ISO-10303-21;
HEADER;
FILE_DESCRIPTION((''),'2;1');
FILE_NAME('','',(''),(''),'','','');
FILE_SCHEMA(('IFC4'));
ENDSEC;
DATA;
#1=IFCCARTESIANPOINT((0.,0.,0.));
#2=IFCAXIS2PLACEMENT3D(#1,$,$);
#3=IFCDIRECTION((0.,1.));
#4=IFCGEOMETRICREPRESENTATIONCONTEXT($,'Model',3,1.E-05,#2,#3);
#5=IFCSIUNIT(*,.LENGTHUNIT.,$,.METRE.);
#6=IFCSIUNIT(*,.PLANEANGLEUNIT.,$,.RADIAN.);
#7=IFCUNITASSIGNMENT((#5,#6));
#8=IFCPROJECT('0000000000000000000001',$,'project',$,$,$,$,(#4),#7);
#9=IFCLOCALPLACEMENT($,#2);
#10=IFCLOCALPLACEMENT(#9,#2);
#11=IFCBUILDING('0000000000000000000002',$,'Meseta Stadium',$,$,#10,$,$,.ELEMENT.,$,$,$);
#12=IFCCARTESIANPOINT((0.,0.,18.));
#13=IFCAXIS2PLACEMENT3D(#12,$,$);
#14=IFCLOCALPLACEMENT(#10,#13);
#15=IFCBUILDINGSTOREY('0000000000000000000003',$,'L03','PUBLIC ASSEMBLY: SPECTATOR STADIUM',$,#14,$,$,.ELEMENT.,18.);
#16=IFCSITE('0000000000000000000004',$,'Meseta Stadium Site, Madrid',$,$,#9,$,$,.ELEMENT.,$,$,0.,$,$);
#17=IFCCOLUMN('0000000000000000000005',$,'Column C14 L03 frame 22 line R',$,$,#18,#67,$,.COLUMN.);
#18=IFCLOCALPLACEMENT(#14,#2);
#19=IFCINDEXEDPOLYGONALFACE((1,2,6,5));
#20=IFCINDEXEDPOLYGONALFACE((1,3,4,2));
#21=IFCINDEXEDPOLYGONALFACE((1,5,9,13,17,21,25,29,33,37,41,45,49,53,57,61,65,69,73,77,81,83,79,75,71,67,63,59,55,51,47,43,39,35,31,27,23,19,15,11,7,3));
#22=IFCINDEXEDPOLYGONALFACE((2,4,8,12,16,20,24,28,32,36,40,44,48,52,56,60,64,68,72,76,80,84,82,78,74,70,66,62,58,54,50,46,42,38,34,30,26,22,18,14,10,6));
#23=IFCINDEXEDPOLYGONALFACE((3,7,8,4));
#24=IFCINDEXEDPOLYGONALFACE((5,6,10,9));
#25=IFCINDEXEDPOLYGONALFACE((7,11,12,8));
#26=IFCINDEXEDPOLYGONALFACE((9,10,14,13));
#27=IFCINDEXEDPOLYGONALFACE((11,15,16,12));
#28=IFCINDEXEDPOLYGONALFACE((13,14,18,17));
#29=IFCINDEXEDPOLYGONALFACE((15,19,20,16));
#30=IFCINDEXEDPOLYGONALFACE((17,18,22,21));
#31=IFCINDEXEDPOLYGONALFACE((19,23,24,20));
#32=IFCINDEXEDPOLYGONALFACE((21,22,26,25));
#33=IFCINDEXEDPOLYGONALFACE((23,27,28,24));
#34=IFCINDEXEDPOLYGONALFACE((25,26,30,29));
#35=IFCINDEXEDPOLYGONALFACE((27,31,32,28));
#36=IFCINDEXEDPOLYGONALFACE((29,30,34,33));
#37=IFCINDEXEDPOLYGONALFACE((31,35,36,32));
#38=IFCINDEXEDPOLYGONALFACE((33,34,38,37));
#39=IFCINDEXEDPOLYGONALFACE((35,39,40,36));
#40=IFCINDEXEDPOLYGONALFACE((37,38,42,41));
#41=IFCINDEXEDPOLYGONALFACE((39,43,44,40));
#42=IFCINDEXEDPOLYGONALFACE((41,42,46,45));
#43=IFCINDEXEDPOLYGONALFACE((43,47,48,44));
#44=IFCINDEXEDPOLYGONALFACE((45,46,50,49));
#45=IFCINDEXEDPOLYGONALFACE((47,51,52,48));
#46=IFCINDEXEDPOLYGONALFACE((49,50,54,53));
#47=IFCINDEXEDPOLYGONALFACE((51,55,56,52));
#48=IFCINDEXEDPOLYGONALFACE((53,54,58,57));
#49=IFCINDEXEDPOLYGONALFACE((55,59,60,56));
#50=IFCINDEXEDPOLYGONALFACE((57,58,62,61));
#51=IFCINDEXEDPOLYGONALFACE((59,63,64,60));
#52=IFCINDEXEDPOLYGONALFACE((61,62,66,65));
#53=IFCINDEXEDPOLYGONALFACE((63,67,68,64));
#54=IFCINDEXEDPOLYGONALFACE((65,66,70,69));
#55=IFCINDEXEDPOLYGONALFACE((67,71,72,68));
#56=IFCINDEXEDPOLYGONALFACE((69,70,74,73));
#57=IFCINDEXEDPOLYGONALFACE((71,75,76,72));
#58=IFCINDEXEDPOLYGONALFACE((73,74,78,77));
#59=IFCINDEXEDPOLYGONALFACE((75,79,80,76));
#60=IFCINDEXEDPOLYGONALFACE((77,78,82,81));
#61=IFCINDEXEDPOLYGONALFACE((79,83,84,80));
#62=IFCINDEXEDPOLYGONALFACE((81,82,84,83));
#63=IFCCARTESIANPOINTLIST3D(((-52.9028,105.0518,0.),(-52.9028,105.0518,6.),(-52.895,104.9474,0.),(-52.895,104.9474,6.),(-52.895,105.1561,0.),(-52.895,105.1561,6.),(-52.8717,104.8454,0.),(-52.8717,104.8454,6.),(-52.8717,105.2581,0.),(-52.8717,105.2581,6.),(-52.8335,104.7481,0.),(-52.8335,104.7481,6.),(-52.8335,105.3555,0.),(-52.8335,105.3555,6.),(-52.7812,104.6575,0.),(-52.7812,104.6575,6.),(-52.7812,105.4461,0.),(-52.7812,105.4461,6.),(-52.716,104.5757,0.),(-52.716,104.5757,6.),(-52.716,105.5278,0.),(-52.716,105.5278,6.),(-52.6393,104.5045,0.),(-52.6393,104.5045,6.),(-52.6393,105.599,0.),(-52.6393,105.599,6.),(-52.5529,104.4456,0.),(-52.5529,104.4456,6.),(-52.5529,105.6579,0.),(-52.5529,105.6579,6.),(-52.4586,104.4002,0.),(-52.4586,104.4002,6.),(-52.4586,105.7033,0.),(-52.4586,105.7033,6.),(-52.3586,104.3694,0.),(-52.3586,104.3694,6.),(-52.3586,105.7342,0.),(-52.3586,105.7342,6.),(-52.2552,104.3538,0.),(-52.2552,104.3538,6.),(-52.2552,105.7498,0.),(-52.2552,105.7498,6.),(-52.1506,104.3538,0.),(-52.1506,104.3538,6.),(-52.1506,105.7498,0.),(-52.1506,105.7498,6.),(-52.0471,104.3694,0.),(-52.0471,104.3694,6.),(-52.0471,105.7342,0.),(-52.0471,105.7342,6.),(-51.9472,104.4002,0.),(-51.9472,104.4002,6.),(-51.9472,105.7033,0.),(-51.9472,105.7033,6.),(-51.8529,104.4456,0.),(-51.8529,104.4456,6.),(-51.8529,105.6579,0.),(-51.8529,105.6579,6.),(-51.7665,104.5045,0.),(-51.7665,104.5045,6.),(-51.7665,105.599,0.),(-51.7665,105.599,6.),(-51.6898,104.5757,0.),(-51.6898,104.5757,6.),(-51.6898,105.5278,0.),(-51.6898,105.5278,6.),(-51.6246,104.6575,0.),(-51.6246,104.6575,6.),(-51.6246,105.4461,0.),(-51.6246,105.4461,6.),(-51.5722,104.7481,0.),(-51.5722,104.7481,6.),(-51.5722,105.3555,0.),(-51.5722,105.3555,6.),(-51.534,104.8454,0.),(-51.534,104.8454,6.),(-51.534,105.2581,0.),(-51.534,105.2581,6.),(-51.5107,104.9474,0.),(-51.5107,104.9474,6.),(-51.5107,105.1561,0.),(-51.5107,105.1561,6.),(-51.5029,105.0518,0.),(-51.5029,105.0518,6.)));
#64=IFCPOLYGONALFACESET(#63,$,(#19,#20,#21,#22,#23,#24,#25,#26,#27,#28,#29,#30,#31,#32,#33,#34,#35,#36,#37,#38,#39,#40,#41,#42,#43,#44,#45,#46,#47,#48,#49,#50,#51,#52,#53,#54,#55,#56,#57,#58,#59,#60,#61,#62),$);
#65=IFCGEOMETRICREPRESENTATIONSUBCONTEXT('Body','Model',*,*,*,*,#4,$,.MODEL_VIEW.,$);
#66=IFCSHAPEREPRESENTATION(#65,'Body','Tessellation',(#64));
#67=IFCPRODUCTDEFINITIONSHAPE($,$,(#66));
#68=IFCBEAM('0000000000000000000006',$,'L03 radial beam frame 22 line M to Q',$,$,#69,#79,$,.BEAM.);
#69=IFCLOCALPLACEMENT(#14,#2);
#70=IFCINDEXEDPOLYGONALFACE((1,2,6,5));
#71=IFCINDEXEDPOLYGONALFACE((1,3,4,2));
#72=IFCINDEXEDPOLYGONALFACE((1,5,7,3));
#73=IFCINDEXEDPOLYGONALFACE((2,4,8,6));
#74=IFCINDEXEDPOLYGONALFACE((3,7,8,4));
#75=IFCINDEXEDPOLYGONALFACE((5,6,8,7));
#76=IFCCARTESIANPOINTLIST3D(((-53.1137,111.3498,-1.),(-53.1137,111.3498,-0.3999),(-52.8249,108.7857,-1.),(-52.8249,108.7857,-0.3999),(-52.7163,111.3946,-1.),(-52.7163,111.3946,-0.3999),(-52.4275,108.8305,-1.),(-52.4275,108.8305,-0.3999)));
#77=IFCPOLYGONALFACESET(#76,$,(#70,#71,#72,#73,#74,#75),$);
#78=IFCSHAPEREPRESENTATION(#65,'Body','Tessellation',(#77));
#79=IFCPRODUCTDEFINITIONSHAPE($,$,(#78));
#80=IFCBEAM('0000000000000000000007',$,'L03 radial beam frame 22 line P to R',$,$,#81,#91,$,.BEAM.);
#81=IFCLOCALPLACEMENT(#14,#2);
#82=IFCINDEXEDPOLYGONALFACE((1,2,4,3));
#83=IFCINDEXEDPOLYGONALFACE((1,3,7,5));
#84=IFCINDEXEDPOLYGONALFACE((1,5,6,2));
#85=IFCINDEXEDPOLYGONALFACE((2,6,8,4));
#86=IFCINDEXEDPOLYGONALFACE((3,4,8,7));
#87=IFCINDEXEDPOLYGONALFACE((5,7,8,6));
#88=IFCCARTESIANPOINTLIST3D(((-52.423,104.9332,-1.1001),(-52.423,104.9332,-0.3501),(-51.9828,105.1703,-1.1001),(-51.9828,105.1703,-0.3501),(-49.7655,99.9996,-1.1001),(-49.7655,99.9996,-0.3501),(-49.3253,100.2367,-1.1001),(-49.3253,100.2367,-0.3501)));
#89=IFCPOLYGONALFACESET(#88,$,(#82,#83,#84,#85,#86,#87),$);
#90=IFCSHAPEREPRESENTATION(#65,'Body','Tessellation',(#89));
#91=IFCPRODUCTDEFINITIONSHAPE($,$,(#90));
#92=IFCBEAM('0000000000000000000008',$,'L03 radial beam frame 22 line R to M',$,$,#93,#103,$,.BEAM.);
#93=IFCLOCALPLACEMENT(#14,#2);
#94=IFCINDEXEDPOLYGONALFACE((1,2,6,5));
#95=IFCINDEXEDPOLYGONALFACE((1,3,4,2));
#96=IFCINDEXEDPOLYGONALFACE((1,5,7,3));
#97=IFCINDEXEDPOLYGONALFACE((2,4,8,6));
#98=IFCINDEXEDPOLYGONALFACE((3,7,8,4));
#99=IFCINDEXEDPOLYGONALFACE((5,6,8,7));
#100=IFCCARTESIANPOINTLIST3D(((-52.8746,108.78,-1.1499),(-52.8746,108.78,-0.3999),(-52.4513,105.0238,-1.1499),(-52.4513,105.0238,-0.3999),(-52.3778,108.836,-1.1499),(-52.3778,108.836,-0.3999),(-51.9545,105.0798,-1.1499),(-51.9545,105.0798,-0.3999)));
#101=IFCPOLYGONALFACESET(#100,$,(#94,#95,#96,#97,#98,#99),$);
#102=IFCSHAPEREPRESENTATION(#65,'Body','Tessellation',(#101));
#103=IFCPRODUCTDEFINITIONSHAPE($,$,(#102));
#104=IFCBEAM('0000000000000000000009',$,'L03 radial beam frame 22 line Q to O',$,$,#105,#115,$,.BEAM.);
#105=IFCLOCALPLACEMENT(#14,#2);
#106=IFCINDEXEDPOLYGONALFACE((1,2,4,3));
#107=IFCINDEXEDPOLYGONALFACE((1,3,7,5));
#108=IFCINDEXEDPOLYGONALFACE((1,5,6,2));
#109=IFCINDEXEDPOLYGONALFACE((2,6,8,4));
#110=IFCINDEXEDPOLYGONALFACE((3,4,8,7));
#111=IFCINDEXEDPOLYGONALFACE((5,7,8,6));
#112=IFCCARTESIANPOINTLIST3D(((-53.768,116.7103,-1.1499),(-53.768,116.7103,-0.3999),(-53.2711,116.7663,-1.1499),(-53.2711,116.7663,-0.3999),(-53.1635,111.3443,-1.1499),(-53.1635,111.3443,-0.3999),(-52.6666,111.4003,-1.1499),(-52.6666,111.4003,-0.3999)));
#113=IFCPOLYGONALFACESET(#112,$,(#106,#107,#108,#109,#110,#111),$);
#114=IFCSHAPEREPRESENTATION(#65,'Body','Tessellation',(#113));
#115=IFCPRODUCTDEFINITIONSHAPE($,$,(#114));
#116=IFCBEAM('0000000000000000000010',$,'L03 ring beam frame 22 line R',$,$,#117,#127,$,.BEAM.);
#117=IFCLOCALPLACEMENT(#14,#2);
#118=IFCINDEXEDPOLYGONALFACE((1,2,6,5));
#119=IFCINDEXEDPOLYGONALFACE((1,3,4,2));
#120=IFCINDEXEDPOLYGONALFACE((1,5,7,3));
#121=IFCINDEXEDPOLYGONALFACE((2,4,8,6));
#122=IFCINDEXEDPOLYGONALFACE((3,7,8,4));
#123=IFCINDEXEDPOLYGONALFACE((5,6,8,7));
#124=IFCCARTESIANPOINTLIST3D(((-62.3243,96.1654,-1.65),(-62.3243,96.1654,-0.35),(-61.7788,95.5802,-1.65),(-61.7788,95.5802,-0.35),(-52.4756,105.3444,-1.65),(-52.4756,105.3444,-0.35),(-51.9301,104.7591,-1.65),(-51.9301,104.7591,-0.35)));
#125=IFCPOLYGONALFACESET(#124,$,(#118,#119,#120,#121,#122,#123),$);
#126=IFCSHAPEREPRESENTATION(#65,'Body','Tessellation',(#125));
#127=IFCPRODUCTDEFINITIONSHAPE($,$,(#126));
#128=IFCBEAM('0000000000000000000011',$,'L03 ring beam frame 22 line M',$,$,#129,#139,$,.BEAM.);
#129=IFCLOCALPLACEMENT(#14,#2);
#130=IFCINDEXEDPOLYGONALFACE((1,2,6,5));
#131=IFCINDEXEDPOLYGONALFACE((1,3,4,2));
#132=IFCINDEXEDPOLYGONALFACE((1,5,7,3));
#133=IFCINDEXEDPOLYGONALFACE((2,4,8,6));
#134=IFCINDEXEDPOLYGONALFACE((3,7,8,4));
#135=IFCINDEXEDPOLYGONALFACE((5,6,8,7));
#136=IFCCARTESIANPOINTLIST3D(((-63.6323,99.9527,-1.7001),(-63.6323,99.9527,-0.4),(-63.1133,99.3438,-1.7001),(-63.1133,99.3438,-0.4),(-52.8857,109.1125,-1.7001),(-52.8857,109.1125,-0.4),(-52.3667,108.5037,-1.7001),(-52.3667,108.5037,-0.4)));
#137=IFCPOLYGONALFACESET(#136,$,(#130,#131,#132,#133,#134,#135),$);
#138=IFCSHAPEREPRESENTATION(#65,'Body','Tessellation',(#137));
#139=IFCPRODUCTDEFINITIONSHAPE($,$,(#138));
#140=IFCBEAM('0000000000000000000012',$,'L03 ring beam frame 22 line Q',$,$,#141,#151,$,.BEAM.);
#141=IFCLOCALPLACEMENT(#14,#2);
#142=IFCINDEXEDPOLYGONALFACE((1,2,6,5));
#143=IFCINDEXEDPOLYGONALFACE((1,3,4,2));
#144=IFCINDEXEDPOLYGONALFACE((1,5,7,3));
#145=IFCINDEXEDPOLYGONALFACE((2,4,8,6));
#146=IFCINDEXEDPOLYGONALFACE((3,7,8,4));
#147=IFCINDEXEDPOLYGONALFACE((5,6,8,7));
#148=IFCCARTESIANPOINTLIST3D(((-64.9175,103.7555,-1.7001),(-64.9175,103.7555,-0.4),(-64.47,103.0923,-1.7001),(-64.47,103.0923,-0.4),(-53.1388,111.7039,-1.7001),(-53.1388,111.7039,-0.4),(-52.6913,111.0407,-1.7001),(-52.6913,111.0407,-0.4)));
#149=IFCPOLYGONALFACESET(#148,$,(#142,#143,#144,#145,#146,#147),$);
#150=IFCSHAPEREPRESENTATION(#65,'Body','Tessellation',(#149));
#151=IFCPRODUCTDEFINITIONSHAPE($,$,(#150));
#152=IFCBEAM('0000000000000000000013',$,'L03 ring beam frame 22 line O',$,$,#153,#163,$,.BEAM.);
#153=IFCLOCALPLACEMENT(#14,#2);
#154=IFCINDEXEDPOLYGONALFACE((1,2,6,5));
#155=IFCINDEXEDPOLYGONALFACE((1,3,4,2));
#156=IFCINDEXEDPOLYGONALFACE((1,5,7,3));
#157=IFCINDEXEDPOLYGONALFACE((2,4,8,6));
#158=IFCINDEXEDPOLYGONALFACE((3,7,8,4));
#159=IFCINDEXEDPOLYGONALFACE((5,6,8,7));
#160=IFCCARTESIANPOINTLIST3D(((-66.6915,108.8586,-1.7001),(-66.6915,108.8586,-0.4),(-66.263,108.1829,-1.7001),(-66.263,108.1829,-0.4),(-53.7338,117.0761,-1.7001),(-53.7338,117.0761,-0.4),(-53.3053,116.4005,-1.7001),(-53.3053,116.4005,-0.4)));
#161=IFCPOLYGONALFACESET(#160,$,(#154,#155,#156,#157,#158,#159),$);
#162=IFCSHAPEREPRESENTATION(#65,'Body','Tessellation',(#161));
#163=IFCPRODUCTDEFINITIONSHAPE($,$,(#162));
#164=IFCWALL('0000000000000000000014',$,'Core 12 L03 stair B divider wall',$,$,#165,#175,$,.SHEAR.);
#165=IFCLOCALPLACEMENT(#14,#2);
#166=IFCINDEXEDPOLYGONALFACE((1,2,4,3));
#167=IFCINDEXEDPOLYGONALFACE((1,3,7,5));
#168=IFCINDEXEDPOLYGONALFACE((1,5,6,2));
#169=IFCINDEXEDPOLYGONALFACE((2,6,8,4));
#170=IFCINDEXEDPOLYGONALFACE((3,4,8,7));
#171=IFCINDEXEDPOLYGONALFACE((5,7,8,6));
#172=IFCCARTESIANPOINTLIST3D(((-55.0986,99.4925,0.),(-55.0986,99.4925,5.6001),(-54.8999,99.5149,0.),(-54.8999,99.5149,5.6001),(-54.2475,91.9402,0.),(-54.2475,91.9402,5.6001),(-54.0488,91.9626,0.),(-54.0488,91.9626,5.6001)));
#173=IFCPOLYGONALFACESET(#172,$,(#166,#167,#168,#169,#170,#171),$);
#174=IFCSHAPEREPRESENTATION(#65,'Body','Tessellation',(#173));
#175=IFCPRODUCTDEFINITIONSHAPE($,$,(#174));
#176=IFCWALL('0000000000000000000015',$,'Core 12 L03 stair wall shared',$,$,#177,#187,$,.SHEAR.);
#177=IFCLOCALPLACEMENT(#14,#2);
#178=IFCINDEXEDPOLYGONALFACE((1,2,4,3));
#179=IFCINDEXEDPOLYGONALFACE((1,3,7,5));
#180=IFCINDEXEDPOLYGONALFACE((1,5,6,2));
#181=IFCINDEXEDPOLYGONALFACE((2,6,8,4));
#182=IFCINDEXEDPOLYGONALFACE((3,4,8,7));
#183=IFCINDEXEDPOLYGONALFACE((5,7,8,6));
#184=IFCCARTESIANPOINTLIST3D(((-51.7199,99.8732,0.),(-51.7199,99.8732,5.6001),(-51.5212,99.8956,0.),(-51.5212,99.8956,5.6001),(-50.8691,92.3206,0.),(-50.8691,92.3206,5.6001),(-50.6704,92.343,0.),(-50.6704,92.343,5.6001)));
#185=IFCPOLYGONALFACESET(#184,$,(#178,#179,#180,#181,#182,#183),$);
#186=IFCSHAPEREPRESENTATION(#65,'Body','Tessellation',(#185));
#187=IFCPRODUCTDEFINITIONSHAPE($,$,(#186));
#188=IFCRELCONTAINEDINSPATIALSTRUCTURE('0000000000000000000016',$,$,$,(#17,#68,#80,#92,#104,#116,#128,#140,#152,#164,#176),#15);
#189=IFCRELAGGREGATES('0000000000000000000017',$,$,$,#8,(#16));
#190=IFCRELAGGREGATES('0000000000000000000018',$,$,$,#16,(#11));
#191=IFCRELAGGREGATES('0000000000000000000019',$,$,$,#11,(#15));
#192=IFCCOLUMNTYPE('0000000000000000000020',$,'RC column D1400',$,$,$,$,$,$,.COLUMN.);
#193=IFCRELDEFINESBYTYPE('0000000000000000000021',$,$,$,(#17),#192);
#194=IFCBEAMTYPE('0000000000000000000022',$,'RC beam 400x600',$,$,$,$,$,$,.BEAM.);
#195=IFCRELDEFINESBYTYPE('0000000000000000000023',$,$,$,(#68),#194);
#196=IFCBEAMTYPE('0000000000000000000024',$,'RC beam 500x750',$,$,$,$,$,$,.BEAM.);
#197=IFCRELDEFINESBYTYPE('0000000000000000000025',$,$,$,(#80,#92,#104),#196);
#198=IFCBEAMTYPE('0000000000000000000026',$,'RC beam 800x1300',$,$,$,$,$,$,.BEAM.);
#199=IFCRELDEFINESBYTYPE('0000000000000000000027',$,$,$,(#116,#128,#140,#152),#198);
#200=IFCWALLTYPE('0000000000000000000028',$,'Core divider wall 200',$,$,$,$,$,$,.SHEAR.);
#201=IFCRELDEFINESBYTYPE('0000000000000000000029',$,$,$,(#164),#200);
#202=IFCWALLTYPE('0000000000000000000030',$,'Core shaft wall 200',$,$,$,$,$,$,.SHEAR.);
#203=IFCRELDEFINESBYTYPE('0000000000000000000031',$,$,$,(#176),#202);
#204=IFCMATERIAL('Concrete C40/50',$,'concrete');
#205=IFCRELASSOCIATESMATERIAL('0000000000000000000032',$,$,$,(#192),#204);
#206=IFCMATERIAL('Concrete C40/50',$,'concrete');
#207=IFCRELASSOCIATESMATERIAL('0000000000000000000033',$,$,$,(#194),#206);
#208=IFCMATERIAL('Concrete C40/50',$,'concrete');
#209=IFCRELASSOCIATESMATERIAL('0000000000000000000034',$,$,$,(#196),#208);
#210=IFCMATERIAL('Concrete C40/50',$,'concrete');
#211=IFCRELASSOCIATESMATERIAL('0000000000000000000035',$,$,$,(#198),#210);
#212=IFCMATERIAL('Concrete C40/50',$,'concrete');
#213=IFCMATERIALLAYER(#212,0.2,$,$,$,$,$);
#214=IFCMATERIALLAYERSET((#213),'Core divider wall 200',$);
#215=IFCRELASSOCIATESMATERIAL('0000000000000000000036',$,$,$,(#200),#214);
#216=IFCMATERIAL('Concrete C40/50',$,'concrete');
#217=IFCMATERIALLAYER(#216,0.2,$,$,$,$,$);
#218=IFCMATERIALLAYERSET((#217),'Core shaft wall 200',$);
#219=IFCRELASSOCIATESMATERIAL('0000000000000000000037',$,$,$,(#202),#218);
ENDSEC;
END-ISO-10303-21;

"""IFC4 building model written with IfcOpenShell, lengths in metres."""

from ifc_helpers import new_model, si_unit, direction, frame, frame_2d, origin, origin_2d, place, context, subcontext, project, spatial, rectangle, circle, extrude, material, layer, layer_set, material_profile, profile_set, type_object, element, save


model = new_model("IFC4")

# Units and contexts
model_context = context("Model", 3, precision=1e-05, world=origin(), true_north=direction((0.0, 1.0)))
body_context = subcontext(model_context, "Body", "Model", "MODEL_VIEW")
ifc_project = project(units=[si_unit("LENGTHUNIT", "METRE"), si_unit("PLANEANGLEUNIT", "RADIAN")], contexts=[model_context])

# Site, building, storey
site_placement = place(None, origin())
site = spatial("IfcSite", under=ifc_project, at=site_placement, Name="Meseta Stadium Site, Madrid", CompositionType="ELEMENT", RefElevation=0.0)
building_placement = place(site_placement, origin())
building = spatial("IfcBuilding", under=site, at=building_placement, Name="Meseta Stadium", CompositionType="ELEMENT")
storey_placement = place(building_placement, frame((0.0, 0.0, 18.0)))
storey = spatial("IfcBuildingStorey", under=building, at=storey_placement, Name="L03", Description="PUBLIC ASSEMBLY: SPECTATOR STADIUM", CompositionType="ELEMENT", Elevation=18.0)

# Column
ifc_material_1 = material(Name="Concrete C40/50", Category="concrete")
ifc_material_profile_1 = material_profile(ifc_material_1, circle(Radius=0.7, at=origin_2d()), Name="RC D1400")
ifc_profile_set_1 = profile_set([ifc_material_profile_1], Name="Concrete C40/50")
column_type = type_object("IfcColumnType", Name="RC column D1400", PredefinedType="COLUMN", material=ifc_profile_set_1)
column_placement = place(storey_placement, frame((-52.2029, 105.0518, 0.0), z_axis=(0.0, 0.0, 1.0), x_axis=(1.0, 0.0, 0.0)))
element("IfcColumn", 1, at=column_placement, inside=storey, type_object=column_type, Name="Column C14 L03 frame 22 line R", PredefinedType="COLUMN", context=body_context, shape_type="SweptSolid", body=[
    extrude(circle(Radius=0.7, at=origin_2d()), origin(), (0.0, 0.0, 1.0), 6.0),
])

# Beams
ifc_material_2 = material(Name="Concrete C40/50", Category="concrete")
ifc_material_profile_2 = material_profile(ifc_material_2, rectangle(XDim=0.3999, YDim=0.6001, at=origin_2d()), Name="RC 400x600")
ifc_profile_set_2 = profile_set([ifc_material_profile_2], Name="Concrete C40/50")
beam_type_1 = type_object("IfcBeamType", Name="RC beam 400x600", PredefinedType="BEAM", material=ifc_profile_set_2)
beam_1_placement = place(storey_placement, frame((-52.6262, 108.8081, -0.7), z_axis=(-0.111927, 0.993716, 0.0), x_axis=(-0.993716, -0.111927, 0.0)))
element("IfcBeam", 2, at=beam_1_placement, inside=storey, type_object=beam_type_1, Name="L03 radial beam frame 22 line M to Q", PredefinedType="BEAM", context=body_context, shape_type="SweptSolid", body=[
    extrude(rectangle(XDim=0.3999, YDim=0.6001, at=origin_2d()), origin(), (0.0, 0.0, 1.0), 2.5803),
])
ifc_material_3 = material(Name="Concrete C40/50", Category="concrete")
ifc_material_profile_3 = material_profile(ifc_material_3, rectangle(XDim=0.5, YDim=0.75, at=origin_2d()), Name="RC 500x750")
ifc_profile_set_3 = profile_set([ifc_material_profile_3], Name="Concrete C40/50")
beam_type_2 = type_object("IfcBeamType", Name="RC beam 500x750", PredefinedType="BEAM", material=ifc_profile_set_3)
beam_2_placement = place(storey_placement, frame((-49.5454, 100.1182, -0.7251), z_axis=(-0.474227, 0.880403, 0.0), x_axis=(-0.880403, -0.474227, 0.0)))
element("IfcBeam", 3, at=beam_2_placement, inside=storey, type_object=beam_type_2, Name="L03 radial beam frame 22 line P to R", PredefinedType="BEAM", context=body_context, shape_type="SweptSolid", body=[
    extrude(rectangle(XDim=0.5, YDim=0.75, at=origin_2d()), origin(), (0.0, 0.0, 1.0), 5.6038),
])
beam_3_placement = place(storey_placement, frame((-52.2029, 105.0518, -0.7749), z_axis=(-0.111991, 0.993709, 0.0), x_axis=(-0.993709, -0.111991, 0.0)))
element("IfcBeam", 4, at=beam_3_placement, inside=storey, type_object=beam_type_2, Name="L03 radial beam frame 22 line R to M", PredefinedType="BEAM", context=body_context, shape_type="SweptSolid", body=[
    extrude(rectangle(XDim=0.5, YDim=0.75, at=origin_2d()), origin(), (0.0, 0.0, 1.0), 3.78),
])
beam_4_placement = place(storey_placement, frame((-52.915, 111.3723, -0.7749), z_axis=(-0.111945, 0.993714, 0.0), x_axis=(-0.993714, -0.111945, 0.0)))
element("IfcBeam", 5, at=beam_4_placement, inside=storey, type_object=beam_type_2, Name="L03 radial beam frame 22 line Q to O", PredefinedType="BEAM", context=body_context, shape_type="SweptSolid", body=[
    extrude(rectangle(XDim=0.5, YDim=0.75, at=origin_2d()), origin(), (0.0, 0.0, 1.0), 5.3999),
])
ifc_material_4 = material(Name="Concrete C40/50", Category="concrete")
ifc_material_profile_4 = material_profile(ifc_material_4, rectangle(XDim=0.8, YDim=1.3, at=origin_2d()), Name="RC 800x1300")
ifc_profile_set_4 = profile_set([ifc_material_profile_4], Name="Concrete C40/50")
beam_type_3 = type_object("IfcBeamType", Name="RC beam 800x1300", PredefinedType="BEAM", material=ifc_profile_set_4)
beam_5_placement = place(storey_placement, frame((-52.2029, 105.0518, -1.0), z_axis=(-0.731541, -0.681798, 0.0), x_axis=(0.681798, -0.731541, 0.0)))
element("IfcBeam", 6, at=beam_5_placement, inside=storey, type_object=beam_type_3, Name="L03 ring beam frame 22 line R", PredefinedType="BEAM", context=body_context, shape_type="SweptSolid", body=[
    extrude(rectangle(XDim=0.8, YDim=1.3, at=origin_2d()), origin(), (0.0, 0.0, 1.0), 13.4629),
])
beam_6_placement = place(storey_placement, frame((-52.6262, 108.8081, -1.05), z_axis=(-0.761054, -0.648689, 0.0), x_axis=(0.648689, -0.761054, 0.0)))
element("IfcBeam", 7, at=beam_6_placement, inside=storey, type_object=beam_type_3, Name="L03 ring beam frame 22 line M", PredefinedType="BEAM", context=body_context, shape_type="SweptSolid", body=[
    extrude(rectangle(XDim=0.8, YDim=1.3, at=origin_2d()), origin(), (0.0, 0.0, 1.0), 14.1206),
])
beam_7_placement = place(storey_placement, frame((-52.915, 111.3723, -1.05), z_axis=(-0.828921, -0.559366, 0.0), x_axis=(0.559366, -0.828921, 0.0)))
element("IfcBeam", 8, at=beam_7_placement, inside=storey, type_object=beam_type_3, Name="L03 ring beam frame 22 line Q", PredefinedType="BEAM", context=body_context, shape_type="SweptSolid", body=[
    extrude(rectangle(XDim=0.8, YDim=1.3, at=origin_2d()), origin(), (0.0, 0.0, 1.0), 14.2097),
])
beam_8_placement = place(storey_placement, frame((-53.5195, 116.7383, -1.05), z_axis=(-0.844496, -0.535561, 0.0), x_axis=(0.535561, -0.844496, 0.0)))
element("IfcBeam", 9, at=beam_8_placement, inside=storey, type_object=beam_type_3, Name="L03 ring beam frame 22 line O", PredefinedType="BEAM", context=body_context, shape_type="SweptSolid", body=[
    extrude(rectangle(XDim=0.8, YDim=1.3, at=origin_2d()), origin(), (0.0, 0.0, 1.0), 15.3438),
])

# Walls
ifc_material_5 = material(Name="Concrete C40/50", Category="concrete")
ifc_layer_1 = layer(ifc_material_5, 0.2)
ifc_layer_set_1 = layer_set([ifc_layer_1], Name="Core divider wall 200")
wall_type_1 = type_object("IfcWallType", Name="Core divider wall 200", PredefinedType="SHEAR", material=ifc_layer_set_1)
wall_1_placement = place(storey_placement, frame((-54.9993, 99.5037, 0.0), z_axis=(0.0, 0.0, 1.0), x_axis=(0.111983, -0.99371, 0.0)))
element("IfcWall", 10, at=wall_1_placement, inside=storey, type_object=wall_type_1, Name="Core 12 L03 stair B divider wall", PredefinedType="SHEAR", context=body_context, shape_type="SweptSolid", body=[
    extrude(rectangle(XDim=7.6001, YDim=0.2, at=frame_2d((3.8, 0.0))), origin(), (0.0, 0.0, 1.0), 5.6001),
])
ifc_material_6 = material(Name="Concrete C40/50", Category="concrete")
ifc_layer_2 = layer(ifc_material_6, 0.2)
ifc_layer_set_2 = layer_set([ifc_layer_2], Name="Core shaft wall 200")
wall_type_2 = type_object("IfcWallType", Name="Core shaft wall 200", PredefinedType="SHEAR", material=ifc_layer_set_2)
wall_2_placement = place(storey_placement, frame((-51.6206, 99.8845, 0.0), z_axis=(0.0, 0.0, 1.0), x_axis=(0.111947, -0.993714, 0.0)))
element("IfcWall", 11, at=wall_2_placement, inside=storey, type_object=wall_type_2, Name="Core 12 L03 stair wall shared", PredefinedType="SHEAR", context=body_context, shape_type="SweptSolid", body=[
    extrude(rectangle(XDim=7.6003, YDim=0.2, at=frame_2d((3.8003, 0.0))), origin(), (0.0, 0.0, 1.0), 5.6001),
])

save(model, "model.ifc")
